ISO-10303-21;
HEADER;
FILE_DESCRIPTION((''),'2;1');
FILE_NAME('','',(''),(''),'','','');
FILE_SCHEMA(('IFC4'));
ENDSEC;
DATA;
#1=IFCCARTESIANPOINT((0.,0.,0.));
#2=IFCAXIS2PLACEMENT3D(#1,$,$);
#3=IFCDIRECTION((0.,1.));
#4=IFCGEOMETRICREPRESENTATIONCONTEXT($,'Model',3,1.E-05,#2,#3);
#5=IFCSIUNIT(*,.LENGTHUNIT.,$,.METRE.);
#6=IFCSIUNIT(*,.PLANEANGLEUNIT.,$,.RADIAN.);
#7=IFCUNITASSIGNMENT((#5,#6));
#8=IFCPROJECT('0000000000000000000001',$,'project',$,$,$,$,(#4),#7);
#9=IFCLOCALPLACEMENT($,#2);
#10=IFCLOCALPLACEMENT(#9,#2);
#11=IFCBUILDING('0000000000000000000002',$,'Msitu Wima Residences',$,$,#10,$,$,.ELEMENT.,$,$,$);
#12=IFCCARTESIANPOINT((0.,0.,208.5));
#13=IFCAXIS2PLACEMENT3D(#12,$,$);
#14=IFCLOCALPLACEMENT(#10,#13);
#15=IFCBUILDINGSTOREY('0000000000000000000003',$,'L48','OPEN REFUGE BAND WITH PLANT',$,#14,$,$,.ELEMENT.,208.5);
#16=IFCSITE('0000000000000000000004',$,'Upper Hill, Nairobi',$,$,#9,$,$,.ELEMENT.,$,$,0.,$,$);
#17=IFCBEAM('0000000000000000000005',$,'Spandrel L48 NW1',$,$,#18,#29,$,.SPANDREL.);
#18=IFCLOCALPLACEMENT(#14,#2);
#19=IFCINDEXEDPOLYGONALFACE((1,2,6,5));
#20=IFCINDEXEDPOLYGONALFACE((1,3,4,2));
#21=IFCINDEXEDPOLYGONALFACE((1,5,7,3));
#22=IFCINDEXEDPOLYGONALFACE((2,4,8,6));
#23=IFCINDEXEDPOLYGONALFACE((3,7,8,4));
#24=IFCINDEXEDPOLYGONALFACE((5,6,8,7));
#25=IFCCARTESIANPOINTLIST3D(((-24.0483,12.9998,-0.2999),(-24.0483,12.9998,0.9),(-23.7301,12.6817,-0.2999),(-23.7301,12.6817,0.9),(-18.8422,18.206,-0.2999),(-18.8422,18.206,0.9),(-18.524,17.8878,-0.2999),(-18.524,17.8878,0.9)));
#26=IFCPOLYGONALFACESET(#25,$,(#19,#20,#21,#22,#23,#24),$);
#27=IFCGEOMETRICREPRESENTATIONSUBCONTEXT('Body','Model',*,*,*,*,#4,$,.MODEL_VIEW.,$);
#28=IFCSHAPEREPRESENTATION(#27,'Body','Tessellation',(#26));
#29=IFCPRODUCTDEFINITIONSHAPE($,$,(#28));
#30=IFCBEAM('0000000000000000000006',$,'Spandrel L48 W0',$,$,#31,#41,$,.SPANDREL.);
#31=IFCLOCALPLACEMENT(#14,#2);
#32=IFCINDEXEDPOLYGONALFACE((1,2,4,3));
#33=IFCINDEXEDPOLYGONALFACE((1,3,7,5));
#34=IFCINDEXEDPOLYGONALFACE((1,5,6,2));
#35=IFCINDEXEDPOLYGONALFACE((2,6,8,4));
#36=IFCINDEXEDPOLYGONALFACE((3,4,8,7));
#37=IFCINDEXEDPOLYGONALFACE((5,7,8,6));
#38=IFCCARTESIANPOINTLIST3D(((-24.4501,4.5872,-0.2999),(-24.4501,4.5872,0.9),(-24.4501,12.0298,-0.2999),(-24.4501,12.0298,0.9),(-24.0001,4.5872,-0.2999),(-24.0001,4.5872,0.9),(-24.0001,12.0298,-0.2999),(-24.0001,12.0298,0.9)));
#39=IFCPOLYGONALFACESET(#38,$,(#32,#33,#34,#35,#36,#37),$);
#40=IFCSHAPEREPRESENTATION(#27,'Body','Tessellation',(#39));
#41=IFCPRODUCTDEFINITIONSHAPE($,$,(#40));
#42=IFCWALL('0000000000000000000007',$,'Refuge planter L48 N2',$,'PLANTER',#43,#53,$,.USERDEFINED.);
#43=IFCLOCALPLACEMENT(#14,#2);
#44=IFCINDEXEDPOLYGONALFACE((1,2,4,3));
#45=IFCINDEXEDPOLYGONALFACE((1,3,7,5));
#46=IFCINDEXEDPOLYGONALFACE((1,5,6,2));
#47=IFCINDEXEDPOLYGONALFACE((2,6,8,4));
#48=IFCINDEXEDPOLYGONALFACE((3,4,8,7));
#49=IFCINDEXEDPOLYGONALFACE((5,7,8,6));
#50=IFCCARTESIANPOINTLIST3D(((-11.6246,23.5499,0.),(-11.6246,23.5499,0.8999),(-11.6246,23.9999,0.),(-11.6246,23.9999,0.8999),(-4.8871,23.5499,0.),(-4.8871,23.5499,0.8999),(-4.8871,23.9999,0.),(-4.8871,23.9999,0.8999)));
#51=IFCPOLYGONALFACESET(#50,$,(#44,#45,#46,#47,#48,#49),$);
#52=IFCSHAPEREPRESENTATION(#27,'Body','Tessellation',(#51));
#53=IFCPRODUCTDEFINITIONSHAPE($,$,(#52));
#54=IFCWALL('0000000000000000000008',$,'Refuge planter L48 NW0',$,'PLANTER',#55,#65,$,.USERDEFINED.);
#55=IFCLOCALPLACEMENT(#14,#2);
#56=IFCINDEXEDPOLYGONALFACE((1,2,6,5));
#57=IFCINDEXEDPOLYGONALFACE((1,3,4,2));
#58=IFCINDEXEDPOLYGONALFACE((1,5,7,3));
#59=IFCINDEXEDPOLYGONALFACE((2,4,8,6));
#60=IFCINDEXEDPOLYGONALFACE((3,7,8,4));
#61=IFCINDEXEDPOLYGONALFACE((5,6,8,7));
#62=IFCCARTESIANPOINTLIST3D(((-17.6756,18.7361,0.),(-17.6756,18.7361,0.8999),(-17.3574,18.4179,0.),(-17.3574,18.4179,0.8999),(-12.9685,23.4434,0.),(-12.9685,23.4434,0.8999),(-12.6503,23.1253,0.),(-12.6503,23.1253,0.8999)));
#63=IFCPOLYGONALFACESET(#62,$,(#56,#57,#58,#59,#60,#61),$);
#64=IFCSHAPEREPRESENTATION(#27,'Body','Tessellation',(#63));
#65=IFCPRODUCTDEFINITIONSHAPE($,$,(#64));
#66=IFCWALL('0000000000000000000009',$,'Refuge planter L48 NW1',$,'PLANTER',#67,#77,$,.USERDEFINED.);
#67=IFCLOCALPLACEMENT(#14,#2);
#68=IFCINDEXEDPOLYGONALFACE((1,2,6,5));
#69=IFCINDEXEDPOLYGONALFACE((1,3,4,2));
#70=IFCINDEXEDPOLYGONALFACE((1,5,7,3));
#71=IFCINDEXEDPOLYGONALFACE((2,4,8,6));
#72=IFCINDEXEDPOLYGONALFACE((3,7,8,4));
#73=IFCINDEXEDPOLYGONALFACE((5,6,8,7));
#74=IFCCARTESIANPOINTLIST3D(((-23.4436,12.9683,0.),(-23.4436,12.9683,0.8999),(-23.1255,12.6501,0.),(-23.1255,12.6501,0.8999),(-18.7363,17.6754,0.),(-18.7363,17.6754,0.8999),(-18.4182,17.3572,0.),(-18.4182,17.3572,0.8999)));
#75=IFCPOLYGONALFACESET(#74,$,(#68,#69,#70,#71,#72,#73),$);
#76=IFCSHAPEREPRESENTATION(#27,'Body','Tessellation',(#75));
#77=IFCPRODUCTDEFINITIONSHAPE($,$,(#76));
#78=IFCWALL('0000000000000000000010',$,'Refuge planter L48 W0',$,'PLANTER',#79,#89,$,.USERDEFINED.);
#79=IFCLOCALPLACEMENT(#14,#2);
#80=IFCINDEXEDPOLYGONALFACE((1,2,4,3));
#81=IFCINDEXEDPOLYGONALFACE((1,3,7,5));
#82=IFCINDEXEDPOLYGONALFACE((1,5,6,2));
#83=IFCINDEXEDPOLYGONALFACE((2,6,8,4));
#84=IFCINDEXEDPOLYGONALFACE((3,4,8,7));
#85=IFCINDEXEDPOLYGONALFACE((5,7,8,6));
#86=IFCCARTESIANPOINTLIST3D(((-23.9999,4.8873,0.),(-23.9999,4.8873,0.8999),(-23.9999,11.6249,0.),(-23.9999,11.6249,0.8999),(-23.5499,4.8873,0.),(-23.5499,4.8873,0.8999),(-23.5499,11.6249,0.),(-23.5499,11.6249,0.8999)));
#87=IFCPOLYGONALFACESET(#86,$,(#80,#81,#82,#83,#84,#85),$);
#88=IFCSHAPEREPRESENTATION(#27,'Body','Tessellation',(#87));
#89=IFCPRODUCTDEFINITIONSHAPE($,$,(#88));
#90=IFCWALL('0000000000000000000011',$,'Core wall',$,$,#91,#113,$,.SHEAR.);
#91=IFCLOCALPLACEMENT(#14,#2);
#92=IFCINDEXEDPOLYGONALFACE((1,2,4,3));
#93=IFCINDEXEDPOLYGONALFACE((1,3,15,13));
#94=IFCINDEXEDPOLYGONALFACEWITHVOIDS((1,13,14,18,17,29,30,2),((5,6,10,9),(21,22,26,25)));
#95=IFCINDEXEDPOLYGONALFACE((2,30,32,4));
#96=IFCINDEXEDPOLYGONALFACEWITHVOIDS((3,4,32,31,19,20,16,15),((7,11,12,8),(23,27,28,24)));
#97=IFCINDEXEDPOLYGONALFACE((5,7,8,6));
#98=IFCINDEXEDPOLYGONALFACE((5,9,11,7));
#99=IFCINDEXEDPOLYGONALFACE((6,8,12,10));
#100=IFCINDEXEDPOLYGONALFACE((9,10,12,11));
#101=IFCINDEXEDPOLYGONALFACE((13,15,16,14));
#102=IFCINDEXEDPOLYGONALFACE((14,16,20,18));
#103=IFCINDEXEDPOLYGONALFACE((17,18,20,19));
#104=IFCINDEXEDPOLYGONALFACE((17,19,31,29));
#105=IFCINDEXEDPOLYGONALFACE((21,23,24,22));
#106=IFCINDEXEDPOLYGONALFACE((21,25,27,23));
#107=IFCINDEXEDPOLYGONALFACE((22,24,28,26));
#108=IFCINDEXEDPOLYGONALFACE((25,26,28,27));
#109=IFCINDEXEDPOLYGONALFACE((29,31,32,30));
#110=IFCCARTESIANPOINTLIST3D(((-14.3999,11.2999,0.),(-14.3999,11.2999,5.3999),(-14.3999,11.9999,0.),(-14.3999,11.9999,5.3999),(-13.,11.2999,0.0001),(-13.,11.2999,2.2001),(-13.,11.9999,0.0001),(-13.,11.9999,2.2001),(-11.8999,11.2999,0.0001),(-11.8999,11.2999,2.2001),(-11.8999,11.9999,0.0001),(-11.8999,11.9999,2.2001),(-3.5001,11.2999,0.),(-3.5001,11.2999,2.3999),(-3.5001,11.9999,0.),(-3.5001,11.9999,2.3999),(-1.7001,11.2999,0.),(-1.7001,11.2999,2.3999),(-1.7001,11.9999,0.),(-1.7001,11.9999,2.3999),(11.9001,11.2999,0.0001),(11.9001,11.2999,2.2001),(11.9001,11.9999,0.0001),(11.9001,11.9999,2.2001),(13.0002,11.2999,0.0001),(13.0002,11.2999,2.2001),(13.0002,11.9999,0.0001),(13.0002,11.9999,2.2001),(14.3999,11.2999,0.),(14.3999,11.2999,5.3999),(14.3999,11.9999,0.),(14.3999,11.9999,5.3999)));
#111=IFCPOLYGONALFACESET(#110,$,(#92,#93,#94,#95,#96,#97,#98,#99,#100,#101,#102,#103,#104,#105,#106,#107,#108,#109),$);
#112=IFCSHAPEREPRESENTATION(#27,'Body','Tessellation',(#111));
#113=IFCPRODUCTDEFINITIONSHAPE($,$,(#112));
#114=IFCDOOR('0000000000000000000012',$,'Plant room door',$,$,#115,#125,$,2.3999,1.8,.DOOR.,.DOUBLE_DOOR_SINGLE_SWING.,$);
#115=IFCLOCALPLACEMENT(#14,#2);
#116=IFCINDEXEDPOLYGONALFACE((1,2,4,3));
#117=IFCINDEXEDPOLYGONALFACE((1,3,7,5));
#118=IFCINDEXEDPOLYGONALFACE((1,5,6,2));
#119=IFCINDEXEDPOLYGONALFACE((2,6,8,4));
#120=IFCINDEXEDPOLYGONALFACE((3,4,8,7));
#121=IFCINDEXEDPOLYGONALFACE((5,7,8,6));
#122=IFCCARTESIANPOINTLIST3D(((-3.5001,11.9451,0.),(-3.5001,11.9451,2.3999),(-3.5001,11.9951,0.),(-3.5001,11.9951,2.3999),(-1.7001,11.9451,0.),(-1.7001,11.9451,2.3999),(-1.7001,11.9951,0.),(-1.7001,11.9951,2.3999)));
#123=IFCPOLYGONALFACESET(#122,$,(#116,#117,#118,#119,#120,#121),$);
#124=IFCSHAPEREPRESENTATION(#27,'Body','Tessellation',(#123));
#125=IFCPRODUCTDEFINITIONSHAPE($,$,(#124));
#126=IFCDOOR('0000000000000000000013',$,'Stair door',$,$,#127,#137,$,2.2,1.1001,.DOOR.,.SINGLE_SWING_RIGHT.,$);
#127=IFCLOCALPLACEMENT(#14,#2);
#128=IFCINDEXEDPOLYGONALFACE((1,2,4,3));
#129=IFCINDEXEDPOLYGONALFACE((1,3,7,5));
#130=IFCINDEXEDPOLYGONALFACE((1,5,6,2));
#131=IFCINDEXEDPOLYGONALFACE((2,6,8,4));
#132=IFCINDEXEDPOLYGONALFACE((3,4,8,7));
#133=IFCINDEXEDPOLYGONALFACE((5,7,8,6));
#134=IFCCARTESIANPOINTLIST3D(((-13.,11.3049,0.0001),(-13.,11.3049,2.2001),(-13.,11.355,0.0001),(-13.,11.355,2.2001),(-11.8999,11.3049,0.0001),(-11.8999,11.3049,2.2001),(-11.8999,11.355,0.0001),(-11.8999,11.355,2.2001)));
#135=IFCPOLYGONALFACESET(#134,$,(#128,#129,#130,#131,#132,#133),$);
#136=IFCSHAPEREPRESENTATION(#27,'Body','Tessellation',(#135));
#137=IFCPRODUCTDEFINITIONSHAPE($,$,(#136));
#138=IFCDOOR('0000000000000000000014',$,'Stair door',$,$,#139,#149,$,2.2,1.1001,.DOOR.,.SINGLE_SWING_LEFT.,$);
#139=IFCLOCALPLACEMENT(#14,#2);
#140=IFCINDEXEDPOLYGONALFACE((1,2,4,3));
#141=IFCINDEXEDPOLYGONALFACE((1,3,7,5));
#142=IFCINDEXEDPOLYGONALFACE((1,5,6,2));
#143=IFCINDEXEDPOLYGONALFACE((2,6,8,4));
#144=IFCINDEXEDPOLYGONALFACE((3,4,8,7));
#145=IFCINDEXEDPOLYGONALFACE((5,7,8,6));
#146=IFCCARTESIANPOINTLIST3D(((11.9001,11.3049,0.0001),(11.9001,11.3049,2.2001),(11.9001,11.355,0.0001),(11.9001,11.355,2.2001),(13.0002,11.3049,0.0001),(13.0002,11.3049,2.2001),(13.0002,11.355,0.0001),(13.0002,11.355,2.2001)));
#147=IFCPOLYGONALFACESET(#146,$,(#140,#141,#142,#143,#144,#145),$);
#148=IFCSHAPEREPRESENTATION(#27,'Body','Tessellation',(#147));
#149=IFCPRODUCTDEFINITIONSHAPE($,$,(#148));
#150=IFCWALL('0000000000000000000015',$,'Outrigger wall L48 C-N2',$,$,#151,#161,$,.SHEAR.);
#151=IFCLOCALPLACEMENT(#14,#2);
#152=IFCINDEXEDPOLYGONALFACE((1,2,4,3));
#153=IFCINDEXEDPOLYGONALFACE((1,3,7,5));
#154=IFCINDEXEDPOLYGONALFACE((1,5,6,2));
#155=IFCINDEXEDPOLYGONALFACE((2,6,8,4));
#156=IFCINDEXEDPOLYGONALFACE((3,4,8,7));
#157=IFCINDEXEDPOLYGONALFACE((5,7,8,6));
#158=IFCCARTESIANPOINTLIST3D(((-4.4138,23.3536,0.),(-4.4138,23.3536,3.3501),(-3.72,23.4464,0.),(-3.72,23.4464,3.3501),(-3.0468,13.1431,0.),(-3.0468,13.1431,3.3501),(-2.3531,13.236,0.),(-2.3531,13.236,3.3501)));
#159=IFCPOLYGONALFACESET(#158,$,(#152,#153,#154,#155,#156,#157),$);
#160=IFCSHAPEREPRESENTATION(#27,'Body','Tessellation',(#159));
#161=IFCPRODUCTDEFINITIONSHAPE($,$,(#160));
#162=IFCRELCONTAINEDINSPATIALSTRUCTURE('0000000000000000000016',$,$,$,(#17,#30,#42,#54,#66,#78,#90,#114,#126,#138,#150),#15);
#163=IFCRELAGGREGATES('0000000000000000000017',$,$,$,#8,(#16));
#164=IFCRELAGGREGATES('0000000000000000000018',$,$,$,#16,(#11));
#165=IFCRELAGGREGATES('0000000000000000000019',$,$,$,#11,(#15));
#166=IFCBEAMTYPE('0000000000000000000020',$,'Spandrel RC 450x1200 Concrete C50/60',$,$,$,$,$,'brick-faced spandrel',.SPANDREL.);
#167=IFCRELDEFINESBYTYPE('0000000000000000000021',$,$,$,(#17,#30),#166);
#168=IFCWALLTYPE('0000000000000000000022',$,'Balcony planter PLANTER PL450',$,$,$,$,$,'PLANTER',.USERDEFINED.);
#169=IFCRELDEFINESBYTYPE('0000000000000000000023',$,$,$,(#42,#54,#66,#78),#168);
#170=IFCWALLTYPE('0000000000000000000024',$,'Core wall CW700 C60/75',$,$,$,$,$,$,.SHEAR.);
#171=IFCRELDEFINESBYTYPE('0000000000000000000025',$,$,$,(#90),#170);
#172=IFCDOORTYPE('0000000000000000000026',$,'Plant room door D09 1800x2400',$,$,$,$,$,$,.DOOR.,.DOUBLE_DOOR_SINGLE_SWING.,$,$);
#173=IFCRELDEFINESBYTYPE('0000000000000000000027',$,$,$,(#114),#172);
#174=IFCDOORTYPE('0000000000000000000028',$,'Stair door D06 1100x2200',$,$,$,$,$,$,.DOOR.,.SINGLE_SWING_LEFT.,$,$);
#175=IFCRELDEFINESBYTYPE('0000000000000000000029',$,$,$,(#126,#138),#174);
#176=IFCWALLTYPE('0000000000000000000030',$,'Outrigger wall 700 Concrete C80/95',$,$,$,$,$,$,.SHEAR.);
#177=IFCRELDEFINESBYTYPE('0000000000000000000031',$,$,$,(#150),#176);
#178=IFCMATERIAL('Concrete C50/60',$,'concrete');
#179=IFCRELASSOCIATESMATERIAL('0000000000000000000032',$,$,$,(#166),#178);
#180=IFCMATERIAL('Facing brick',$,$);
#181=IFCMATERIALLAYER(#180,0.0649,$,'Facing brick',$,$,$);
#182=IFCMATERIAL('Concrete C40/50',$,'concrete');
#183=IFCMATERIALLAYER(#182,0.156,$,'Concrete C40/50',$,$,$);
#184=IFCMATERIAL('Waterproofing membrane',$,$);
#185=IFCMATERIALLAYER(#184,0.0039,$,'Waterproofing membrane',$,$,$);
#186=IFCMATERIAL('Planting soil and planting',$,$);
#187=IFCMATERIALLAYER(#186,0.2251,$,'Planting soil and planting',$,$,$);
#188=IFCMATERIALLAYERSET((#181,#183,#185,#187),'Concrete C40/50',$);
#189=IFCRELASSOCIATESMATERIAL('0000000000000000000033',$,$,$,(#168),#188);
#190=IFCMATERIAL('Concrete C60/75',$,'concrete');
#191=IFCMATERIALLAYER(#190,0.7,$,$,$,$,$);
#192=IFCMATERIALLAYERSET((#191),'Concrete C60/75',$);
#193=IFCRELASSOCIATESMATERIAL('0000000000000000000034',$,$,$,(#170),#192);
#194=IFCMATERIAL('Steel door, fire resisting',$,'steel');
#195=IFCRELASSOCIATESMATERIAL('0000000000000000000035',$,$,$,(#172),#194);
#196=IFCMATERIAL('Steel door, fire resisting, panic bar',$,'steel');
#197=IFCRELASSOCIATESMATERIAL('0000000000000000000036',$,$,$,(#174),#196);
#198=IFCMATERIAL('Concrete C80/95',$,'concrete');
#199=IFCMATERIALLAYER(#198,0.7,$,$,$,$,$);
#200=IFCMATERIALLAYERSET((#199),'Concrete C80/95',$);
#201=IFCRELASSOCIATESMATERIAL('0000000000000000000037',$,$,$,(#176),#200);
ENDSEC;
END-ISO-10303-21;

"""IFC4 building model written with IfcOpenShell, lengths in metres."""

from ifc_helpers import new_model, si_unit, direction, frame, frame_2d, origin, origin_2d, place, context, subcontext, project, spatial, rectangle, extrude, material, layer, layer_set, material_profile, profile_set, type_object, element, fill, save


model = new_model("IFC4")

# Units and contexts
model_context = context("Model", 3, precision=1e-05, world=origin(), true_north=direction((0.0, 1.0)))
body_context = subcontext(model_context, "Body", "Model", "MODEL_VIEW")
ifc_project = project(units=[si_unit("LENGTHUNIT", "METRE"), si_unit("PLANEANGLEUNIT", "RADIAN")], contexts=[model_context])

# Site, building, storey
site_placement = place(None, origin())
site = spatial("IfcSite", under=ifc_project, at=site_placement, Name="Upper Hill, Nairobi", CompositionType="ELEMENT", RefElevation=0.0)
building_placement = place(site_placement, origin())
building = spatial("IfcBuilding", under=site, at=building_placement, Name="Msitu Wima Residences", CompositionType="ELEMENT")
storey_placement = place(building_placement, frame((0.0, 0.0, 208.5)))
storey = spatial("IfcBuildingStorey", under=building, at=storey_placement, Name="L48", Description="OPEN REFUGE BAND WITH PLANT", CompositionType="ELEMENT", Elevation=208.5)

# Shared definitions
ifc_material_1 = material(Name="Concrete C60/75", Category="concrete")

# Beams
ifc_material_2 = material(Name="Concrete C50/60", Category="concrete")
ifc_material_3 = material(Name="Concrete C80/95", Category="concrete")
ifc_material_profile_1 = material_profile(ifc_material_2, rectangle(XDim=0.45, YDim=1.2, at=origin_2d()), Name="RC 450x1200")
ifc_profile_set_1 = profile_set([ifc_material_profile_1], Name="Concrete C50/60")
beam_type_1 = type_object("IfcBeamType", Name="Spandrel RC 450x1200 Concrete C50/60", ElementType="brick-faced spandrel", PredefinedType="SPANDREL", material=ifc_profile_set_1)
for number, where, z_axis, x_axis, name in (
    (1, (-18.6831, 18.0469, 0.3), (-0.707107, -0.707107, 0.0), (0.707107, -0.707107, 0.0), "Spandrel L48 NW1"),
):
    element("IfcBeam", number, at=place(storey_placement, frame(where, z_axis=z_axis, x_axis=x_axis)), inside=storey, type_object=beam_type_1, Name=name, PredefinedType="SPANDREL", context=body_context, shape_type="SweptSolid", body=[
        extrude(rectangle(XDim=0.45, YDim=1.2, at=origin_2d()), origin(), (0.0, 0.0, 1.0), 7.3625),
    ])
beam_1_placement = place(storey_placement, frame((-24.2251, 12.0298, 0.3), z_axis=(0.0, -1.0, 0.0), x_axis=(1.0, 0.0, 0.0)))
element("IfcBeam", 2, at=beam_1_placement, inside=storey, type_object=beam_type_1, Name="Spandrel L48 W0", PredefinedType="SPANDREL", context=body_context, shape_type="SweptSolid", body=[
    extrude(rectangle(XDim=0.45, YDim=1.2, at=origin_2d()), origin(), (0.0, 0.0, 1.0), 7.4426),
])

# Walls
ifc_material_4 = material(Name="Facing brick")
ifc_layer_1 = layer(ifc_material_4, 0.0649, Name="Facing brick")
ifc_material_5 = material(Name="Concrete C40/50", Category="concrete")
ifc_layer_2 = layer(ifc_material_5, 0.156, Name="Concrete C40/50")
ifc_material_6 = material(Name="Waterproofing membrane")
ifc_layer_3 = layer(ifc_material_6, 0.0039, Name="Waterproofing membrane")
ifc_material_7 = material(Name="Planting soil and planting")
ifc_layer_4 = layer(ifc_material_7, 0.2251, Name="Planting soil and planting")
ifc_layer_set_1 = layer_set([ifc_layer_1, ifc_layer_2, ifc_layer_3, ifc_layer_4], Name="Concrete C40/50")
wall_type_1 = type_object("IfcWallType", Name="Balcony planter PLANTER PL450", ElementType="PLANTER", PredefinedType="USERDEFINED", material=ifc_layer_set_1)
wall_1_placement = place(storey_placement, frame((-4.8872, 23.7749, 0.0), z_axis=(0.0, 0.0, 1.0), x_axis=(-1.0, 0.0, 0.0)))
element("IfcWall", 3, at=wall_1_placement, inside=storey, type_object=wall_type_1, Name="Refuge planter L48 N2", ObjectType="PLANTER", PredefinedType="USERDEFINED", context=body_context, shape_type="SweptSolid", body=[
    extrude(rectangle(XDim=6.7375, YDim=0.45, at=frame_2d((3.3687, 0.0))), origin(), (0.0, 0.0, 1.0), 0.8999),
])
for number, where, z_axis, x_axis, name in (
    (4, (-12.8093, 23.2844, 0.0), (0.0, 0.0, 1.0), (-0.707088, -0.707125, 0.0), "Refuge planter L48 NW0"),
    (5, (-18.5771, 17.5164, 0.0), (0.0, 0.0, 1.0), (-0.707125, -0.707088, 0.0), "Refuge planter L48 NW1"),
):
    element("IfcWall", number, at=place(storey_placement, frame(where, z_axis=z_axis, x_axis=x_axis)), inside=storey, type_object=wall_type_1, Name=name, ObjectType="PLANTER", PredefinedType="USERDEFINED", context=body_context, shape_type="SweptSolid", body=[
        extrude(rectangle(XDim=6.657, YDim=0.45, at=frame_2d((3.3286, 0.0))), origin(), (0.0, 0.0, 1.0), 0.8999),
    ])
wall_2_placement = place(storey_placement, frame((-23.7749, 11.6248, 0.0), z_axis=(0.0, 0.0, 1.0), x_axis=(0.0, -1.0, 0.0)))
element("IfcWall", 6, at=wall_2_placement, inside=storey, type_object=wall_type_1, Name="Refuge planter L48 W0", ObjectType="PLANTER", PredefinedType="USERDEFINED", context=body_context, shape_type="SweptSolid", body=[
    extrude(rectangle(XDim=6.7375, YDim=0.45, at=frame_2d((3.3687, 0.0))), origin(), (0.0, 0.0, 1.0), 0.8999),
])

# Wall, openings, doors
ifc_layer_5 = layer(ifc_material_1, 0.7)
ifc_layer_set_2 = layer_set([ifc_layer_5], Name="Concrete C60/75")
wall_type_2 = type_object("IfcWallType", Name="Core wall CW700 C60/75", PredefinedType="SHEAR", material=ifc_layer_set_2)
wall_3_placement = place(storey_placement, frame((-14.3999, 11.6499, 0.0), z_axis=(0.0, 0.0, 1.0), x_axis=(1.0, 0.0, 0.0)))
wall_3 = element("IfcWall", 7, at=wall_3_placement, inside=storey, type_object=wall_type_2, Name="Core wall", PredefinedType="SHEAR", context=body_context, shape_type="SweptSolid", body=[
    extrude(rectangle(XDim=28.7998, YDim=0.7, at=frame_2d((14.3999, 0.0))), origin(), (0.0, 0.0, 1.0), 5.3999),
])
opening_1_placement = place(wall_3_placement, frame((1.3999, 0.0, 0.0)))
opening_1 = element("IfcOpeningElement", 8, at=opening_1_placement, cuts=wall_3, PredefinedType="OPENING", context=body_context, shape_type="SweptSolid", body=[
    extrude(rectangle(XDim=1.1001, YDim=2.2, at=frame_2d((0.55, 1.1001))), frame((0.0, 0.3599, 0.0), z_axis=(0.0, -1.0, 0.0), x_axis=(1.0, 0.0, 0.0)), (0.0, 0.0, 1.0), 0.72),
])
opening_2_placement = place(wall_3_placement, frame((26.3, 0.0, 0.0)))
opening_2 = element("IfcOpeningElement", 9, at=opening_2_placement, cuts=wall_3, PredefinedType="OPENING", context=body_context, shape_type="SweptSolid", body=[
    extrude(rectangle(XDim=1.1001, YDim=2.2, at=frame_2d((0.55, 1.1001))), frame((0.0, 0.3599, 0.0), z_axis=(0.0, -1.0, 0.0), x_axis=(1.0, 0.0, 0.0)), (0.0, 0.0, 1.0), 0.72),
])
opening_3_placement = place(wall_3_placement, frame((10.8999, 0.0, 0.0)))
opening_3 = element("IfcOpeningElement", 10, at=opening_3_placement, cuts=wall_3, PredefinedType="OPENING", context=body_context, shape_type="SweptSolid", body=[
    extrude(rectangle(XDim=1.8, YDim=2.3999, at=frame_2d((0.8999, 1.2))), frame((0.0, 0.3599, 0.0), z_axis=(0.0, -1.0, 0.0), x_axis=(1.0, 0.0, 0.0)), (0.0, 0.0, 1.0), 0.72),
])
ifc_material_8 = material(Name="Steel door, fire resisting", Category="steel")
door_type_1 = type_object("IfcDoorType", Name="Plant room door D09 1800x2400", OperationType="DOUBLE_DOOR_SINGLE_SWING", PredefinedType="DOOR", material=ifc_material_8)
door_1_placement = place(opening_3_placement, origin())
door_1 = element("IfcDoor", 11, at=door_1_placement, inside=storey, type_object=door_type_1, Name="Plant room door", OperationType="DOUBLE_DOOR_SINGLE_SWING", OverallHeight=2.3999, OverallWidth=1.8, PredefinedType="DOOR", context=body_context, shape_type="SweptSolid", body=[
    extrude(rectangle(XDim=1.8, YDim=2.3999, at=frame_2d((0.8999, 1.2))), frame((0.0, 0.3452, 0.0), z_axis=(0.0, -1.0, 0.0), x_axis=(1.0, 0.0, 0.0)), (0.0, 0.0, 1.0), 0.05),
])
fill(opening_3, door_1)
ifc_material_9 = material(Name="Steel door, fire resisting, panic bar", Category="steel")
door_type_2 = type_object("IfcDoorType", Name="Stair door D06 1100x2200", OperationType="SINGLE_SWING_LEFT", PredefinedType="DOOR", material=ifc_material_9)
door_2_placement = place(opening_1_placement, origin())
door_2 = element("IfcDoor", 12, at=door_2_placement, inside=storey, type_object=door_type_2, Name="Stair door", OperationType="SINGLE_SWING_RIGHT", OverallHeight=2.2, OverallWidth=1.1001, PredefinedType="DOOR", context=body_context, shape_type="SweptSolid", body=[
    extrude(rectangle(XDim=1.1001, YDim=2.2, at=frame_2d((0.55, 1.1001))), frame((0.0, -0.2949, 0.0), z_axis=(0.0, -1.0, 0.0), x_axis=(1.0, 0.0, 0.0)), (0.0, 0.0, 1.0), 0.05),
])
fill(opening_1, door_2)
door_3_placement = place(opening_2_placement, origin())
door_3 = element("IfcDoor", 13, at=door_3_placement, inside=storey, type_object=door_type_2, Name="Stair door", OperationType="SINGLE_SWING_LEFT", OverallHeight=2.2, OverallWidth=1.1001, PredefinedType="DOOR", context=body_context, shape_type="SweptSolid", body=[
    extrude(rectangle(XDim=1.1001, YDim=2.2, at=frame_2d((0.55, 1.1001))), frame((0.0, -0.2949, 0.0), z_axis=(0.0, -1.0, 0.0), x_axis=(1.0, 0.0, 0.0)), (0.0, 0.0, 1.0), 0.05),
])
fill(opening_2, door_3)

# Wall
ifc_layer_6 = layer(ifc_material_3, 0.7)
ifc_layer_set_3 = layer_set([ifc_layer_6], Name="Concrete C80/95")
wall_type_3 = type_object("IfcWallType", Name="Outrigger wall 700 Concrete C80/95", PredefinedType="SHEAR", material=ifc_layer_set_3)
wall_4_placement = place(storey_placement, frame((-2.7, 13.1895, 0.0), z_axis=(0.0, 0.0, 1.0), x_axis=(-0.132693, 0.991157, 0.0)))
element("IfcWall", 14, at=wall_4_placement, inside=storey, type_object=wall_type_3, Name="Outrigger wall L48 C-N2", PredefinedType="SHEAR", context=body_context, shape_type="SweptSolid", body=[
    extrude(rectangle(XDim=10.3015, YDim=0.7, at=frame_2d((5.1509, 0.0))), origin(), (0.0, 0.0, 1.0), 3.3501),
])

save(model, "model.ifc")
